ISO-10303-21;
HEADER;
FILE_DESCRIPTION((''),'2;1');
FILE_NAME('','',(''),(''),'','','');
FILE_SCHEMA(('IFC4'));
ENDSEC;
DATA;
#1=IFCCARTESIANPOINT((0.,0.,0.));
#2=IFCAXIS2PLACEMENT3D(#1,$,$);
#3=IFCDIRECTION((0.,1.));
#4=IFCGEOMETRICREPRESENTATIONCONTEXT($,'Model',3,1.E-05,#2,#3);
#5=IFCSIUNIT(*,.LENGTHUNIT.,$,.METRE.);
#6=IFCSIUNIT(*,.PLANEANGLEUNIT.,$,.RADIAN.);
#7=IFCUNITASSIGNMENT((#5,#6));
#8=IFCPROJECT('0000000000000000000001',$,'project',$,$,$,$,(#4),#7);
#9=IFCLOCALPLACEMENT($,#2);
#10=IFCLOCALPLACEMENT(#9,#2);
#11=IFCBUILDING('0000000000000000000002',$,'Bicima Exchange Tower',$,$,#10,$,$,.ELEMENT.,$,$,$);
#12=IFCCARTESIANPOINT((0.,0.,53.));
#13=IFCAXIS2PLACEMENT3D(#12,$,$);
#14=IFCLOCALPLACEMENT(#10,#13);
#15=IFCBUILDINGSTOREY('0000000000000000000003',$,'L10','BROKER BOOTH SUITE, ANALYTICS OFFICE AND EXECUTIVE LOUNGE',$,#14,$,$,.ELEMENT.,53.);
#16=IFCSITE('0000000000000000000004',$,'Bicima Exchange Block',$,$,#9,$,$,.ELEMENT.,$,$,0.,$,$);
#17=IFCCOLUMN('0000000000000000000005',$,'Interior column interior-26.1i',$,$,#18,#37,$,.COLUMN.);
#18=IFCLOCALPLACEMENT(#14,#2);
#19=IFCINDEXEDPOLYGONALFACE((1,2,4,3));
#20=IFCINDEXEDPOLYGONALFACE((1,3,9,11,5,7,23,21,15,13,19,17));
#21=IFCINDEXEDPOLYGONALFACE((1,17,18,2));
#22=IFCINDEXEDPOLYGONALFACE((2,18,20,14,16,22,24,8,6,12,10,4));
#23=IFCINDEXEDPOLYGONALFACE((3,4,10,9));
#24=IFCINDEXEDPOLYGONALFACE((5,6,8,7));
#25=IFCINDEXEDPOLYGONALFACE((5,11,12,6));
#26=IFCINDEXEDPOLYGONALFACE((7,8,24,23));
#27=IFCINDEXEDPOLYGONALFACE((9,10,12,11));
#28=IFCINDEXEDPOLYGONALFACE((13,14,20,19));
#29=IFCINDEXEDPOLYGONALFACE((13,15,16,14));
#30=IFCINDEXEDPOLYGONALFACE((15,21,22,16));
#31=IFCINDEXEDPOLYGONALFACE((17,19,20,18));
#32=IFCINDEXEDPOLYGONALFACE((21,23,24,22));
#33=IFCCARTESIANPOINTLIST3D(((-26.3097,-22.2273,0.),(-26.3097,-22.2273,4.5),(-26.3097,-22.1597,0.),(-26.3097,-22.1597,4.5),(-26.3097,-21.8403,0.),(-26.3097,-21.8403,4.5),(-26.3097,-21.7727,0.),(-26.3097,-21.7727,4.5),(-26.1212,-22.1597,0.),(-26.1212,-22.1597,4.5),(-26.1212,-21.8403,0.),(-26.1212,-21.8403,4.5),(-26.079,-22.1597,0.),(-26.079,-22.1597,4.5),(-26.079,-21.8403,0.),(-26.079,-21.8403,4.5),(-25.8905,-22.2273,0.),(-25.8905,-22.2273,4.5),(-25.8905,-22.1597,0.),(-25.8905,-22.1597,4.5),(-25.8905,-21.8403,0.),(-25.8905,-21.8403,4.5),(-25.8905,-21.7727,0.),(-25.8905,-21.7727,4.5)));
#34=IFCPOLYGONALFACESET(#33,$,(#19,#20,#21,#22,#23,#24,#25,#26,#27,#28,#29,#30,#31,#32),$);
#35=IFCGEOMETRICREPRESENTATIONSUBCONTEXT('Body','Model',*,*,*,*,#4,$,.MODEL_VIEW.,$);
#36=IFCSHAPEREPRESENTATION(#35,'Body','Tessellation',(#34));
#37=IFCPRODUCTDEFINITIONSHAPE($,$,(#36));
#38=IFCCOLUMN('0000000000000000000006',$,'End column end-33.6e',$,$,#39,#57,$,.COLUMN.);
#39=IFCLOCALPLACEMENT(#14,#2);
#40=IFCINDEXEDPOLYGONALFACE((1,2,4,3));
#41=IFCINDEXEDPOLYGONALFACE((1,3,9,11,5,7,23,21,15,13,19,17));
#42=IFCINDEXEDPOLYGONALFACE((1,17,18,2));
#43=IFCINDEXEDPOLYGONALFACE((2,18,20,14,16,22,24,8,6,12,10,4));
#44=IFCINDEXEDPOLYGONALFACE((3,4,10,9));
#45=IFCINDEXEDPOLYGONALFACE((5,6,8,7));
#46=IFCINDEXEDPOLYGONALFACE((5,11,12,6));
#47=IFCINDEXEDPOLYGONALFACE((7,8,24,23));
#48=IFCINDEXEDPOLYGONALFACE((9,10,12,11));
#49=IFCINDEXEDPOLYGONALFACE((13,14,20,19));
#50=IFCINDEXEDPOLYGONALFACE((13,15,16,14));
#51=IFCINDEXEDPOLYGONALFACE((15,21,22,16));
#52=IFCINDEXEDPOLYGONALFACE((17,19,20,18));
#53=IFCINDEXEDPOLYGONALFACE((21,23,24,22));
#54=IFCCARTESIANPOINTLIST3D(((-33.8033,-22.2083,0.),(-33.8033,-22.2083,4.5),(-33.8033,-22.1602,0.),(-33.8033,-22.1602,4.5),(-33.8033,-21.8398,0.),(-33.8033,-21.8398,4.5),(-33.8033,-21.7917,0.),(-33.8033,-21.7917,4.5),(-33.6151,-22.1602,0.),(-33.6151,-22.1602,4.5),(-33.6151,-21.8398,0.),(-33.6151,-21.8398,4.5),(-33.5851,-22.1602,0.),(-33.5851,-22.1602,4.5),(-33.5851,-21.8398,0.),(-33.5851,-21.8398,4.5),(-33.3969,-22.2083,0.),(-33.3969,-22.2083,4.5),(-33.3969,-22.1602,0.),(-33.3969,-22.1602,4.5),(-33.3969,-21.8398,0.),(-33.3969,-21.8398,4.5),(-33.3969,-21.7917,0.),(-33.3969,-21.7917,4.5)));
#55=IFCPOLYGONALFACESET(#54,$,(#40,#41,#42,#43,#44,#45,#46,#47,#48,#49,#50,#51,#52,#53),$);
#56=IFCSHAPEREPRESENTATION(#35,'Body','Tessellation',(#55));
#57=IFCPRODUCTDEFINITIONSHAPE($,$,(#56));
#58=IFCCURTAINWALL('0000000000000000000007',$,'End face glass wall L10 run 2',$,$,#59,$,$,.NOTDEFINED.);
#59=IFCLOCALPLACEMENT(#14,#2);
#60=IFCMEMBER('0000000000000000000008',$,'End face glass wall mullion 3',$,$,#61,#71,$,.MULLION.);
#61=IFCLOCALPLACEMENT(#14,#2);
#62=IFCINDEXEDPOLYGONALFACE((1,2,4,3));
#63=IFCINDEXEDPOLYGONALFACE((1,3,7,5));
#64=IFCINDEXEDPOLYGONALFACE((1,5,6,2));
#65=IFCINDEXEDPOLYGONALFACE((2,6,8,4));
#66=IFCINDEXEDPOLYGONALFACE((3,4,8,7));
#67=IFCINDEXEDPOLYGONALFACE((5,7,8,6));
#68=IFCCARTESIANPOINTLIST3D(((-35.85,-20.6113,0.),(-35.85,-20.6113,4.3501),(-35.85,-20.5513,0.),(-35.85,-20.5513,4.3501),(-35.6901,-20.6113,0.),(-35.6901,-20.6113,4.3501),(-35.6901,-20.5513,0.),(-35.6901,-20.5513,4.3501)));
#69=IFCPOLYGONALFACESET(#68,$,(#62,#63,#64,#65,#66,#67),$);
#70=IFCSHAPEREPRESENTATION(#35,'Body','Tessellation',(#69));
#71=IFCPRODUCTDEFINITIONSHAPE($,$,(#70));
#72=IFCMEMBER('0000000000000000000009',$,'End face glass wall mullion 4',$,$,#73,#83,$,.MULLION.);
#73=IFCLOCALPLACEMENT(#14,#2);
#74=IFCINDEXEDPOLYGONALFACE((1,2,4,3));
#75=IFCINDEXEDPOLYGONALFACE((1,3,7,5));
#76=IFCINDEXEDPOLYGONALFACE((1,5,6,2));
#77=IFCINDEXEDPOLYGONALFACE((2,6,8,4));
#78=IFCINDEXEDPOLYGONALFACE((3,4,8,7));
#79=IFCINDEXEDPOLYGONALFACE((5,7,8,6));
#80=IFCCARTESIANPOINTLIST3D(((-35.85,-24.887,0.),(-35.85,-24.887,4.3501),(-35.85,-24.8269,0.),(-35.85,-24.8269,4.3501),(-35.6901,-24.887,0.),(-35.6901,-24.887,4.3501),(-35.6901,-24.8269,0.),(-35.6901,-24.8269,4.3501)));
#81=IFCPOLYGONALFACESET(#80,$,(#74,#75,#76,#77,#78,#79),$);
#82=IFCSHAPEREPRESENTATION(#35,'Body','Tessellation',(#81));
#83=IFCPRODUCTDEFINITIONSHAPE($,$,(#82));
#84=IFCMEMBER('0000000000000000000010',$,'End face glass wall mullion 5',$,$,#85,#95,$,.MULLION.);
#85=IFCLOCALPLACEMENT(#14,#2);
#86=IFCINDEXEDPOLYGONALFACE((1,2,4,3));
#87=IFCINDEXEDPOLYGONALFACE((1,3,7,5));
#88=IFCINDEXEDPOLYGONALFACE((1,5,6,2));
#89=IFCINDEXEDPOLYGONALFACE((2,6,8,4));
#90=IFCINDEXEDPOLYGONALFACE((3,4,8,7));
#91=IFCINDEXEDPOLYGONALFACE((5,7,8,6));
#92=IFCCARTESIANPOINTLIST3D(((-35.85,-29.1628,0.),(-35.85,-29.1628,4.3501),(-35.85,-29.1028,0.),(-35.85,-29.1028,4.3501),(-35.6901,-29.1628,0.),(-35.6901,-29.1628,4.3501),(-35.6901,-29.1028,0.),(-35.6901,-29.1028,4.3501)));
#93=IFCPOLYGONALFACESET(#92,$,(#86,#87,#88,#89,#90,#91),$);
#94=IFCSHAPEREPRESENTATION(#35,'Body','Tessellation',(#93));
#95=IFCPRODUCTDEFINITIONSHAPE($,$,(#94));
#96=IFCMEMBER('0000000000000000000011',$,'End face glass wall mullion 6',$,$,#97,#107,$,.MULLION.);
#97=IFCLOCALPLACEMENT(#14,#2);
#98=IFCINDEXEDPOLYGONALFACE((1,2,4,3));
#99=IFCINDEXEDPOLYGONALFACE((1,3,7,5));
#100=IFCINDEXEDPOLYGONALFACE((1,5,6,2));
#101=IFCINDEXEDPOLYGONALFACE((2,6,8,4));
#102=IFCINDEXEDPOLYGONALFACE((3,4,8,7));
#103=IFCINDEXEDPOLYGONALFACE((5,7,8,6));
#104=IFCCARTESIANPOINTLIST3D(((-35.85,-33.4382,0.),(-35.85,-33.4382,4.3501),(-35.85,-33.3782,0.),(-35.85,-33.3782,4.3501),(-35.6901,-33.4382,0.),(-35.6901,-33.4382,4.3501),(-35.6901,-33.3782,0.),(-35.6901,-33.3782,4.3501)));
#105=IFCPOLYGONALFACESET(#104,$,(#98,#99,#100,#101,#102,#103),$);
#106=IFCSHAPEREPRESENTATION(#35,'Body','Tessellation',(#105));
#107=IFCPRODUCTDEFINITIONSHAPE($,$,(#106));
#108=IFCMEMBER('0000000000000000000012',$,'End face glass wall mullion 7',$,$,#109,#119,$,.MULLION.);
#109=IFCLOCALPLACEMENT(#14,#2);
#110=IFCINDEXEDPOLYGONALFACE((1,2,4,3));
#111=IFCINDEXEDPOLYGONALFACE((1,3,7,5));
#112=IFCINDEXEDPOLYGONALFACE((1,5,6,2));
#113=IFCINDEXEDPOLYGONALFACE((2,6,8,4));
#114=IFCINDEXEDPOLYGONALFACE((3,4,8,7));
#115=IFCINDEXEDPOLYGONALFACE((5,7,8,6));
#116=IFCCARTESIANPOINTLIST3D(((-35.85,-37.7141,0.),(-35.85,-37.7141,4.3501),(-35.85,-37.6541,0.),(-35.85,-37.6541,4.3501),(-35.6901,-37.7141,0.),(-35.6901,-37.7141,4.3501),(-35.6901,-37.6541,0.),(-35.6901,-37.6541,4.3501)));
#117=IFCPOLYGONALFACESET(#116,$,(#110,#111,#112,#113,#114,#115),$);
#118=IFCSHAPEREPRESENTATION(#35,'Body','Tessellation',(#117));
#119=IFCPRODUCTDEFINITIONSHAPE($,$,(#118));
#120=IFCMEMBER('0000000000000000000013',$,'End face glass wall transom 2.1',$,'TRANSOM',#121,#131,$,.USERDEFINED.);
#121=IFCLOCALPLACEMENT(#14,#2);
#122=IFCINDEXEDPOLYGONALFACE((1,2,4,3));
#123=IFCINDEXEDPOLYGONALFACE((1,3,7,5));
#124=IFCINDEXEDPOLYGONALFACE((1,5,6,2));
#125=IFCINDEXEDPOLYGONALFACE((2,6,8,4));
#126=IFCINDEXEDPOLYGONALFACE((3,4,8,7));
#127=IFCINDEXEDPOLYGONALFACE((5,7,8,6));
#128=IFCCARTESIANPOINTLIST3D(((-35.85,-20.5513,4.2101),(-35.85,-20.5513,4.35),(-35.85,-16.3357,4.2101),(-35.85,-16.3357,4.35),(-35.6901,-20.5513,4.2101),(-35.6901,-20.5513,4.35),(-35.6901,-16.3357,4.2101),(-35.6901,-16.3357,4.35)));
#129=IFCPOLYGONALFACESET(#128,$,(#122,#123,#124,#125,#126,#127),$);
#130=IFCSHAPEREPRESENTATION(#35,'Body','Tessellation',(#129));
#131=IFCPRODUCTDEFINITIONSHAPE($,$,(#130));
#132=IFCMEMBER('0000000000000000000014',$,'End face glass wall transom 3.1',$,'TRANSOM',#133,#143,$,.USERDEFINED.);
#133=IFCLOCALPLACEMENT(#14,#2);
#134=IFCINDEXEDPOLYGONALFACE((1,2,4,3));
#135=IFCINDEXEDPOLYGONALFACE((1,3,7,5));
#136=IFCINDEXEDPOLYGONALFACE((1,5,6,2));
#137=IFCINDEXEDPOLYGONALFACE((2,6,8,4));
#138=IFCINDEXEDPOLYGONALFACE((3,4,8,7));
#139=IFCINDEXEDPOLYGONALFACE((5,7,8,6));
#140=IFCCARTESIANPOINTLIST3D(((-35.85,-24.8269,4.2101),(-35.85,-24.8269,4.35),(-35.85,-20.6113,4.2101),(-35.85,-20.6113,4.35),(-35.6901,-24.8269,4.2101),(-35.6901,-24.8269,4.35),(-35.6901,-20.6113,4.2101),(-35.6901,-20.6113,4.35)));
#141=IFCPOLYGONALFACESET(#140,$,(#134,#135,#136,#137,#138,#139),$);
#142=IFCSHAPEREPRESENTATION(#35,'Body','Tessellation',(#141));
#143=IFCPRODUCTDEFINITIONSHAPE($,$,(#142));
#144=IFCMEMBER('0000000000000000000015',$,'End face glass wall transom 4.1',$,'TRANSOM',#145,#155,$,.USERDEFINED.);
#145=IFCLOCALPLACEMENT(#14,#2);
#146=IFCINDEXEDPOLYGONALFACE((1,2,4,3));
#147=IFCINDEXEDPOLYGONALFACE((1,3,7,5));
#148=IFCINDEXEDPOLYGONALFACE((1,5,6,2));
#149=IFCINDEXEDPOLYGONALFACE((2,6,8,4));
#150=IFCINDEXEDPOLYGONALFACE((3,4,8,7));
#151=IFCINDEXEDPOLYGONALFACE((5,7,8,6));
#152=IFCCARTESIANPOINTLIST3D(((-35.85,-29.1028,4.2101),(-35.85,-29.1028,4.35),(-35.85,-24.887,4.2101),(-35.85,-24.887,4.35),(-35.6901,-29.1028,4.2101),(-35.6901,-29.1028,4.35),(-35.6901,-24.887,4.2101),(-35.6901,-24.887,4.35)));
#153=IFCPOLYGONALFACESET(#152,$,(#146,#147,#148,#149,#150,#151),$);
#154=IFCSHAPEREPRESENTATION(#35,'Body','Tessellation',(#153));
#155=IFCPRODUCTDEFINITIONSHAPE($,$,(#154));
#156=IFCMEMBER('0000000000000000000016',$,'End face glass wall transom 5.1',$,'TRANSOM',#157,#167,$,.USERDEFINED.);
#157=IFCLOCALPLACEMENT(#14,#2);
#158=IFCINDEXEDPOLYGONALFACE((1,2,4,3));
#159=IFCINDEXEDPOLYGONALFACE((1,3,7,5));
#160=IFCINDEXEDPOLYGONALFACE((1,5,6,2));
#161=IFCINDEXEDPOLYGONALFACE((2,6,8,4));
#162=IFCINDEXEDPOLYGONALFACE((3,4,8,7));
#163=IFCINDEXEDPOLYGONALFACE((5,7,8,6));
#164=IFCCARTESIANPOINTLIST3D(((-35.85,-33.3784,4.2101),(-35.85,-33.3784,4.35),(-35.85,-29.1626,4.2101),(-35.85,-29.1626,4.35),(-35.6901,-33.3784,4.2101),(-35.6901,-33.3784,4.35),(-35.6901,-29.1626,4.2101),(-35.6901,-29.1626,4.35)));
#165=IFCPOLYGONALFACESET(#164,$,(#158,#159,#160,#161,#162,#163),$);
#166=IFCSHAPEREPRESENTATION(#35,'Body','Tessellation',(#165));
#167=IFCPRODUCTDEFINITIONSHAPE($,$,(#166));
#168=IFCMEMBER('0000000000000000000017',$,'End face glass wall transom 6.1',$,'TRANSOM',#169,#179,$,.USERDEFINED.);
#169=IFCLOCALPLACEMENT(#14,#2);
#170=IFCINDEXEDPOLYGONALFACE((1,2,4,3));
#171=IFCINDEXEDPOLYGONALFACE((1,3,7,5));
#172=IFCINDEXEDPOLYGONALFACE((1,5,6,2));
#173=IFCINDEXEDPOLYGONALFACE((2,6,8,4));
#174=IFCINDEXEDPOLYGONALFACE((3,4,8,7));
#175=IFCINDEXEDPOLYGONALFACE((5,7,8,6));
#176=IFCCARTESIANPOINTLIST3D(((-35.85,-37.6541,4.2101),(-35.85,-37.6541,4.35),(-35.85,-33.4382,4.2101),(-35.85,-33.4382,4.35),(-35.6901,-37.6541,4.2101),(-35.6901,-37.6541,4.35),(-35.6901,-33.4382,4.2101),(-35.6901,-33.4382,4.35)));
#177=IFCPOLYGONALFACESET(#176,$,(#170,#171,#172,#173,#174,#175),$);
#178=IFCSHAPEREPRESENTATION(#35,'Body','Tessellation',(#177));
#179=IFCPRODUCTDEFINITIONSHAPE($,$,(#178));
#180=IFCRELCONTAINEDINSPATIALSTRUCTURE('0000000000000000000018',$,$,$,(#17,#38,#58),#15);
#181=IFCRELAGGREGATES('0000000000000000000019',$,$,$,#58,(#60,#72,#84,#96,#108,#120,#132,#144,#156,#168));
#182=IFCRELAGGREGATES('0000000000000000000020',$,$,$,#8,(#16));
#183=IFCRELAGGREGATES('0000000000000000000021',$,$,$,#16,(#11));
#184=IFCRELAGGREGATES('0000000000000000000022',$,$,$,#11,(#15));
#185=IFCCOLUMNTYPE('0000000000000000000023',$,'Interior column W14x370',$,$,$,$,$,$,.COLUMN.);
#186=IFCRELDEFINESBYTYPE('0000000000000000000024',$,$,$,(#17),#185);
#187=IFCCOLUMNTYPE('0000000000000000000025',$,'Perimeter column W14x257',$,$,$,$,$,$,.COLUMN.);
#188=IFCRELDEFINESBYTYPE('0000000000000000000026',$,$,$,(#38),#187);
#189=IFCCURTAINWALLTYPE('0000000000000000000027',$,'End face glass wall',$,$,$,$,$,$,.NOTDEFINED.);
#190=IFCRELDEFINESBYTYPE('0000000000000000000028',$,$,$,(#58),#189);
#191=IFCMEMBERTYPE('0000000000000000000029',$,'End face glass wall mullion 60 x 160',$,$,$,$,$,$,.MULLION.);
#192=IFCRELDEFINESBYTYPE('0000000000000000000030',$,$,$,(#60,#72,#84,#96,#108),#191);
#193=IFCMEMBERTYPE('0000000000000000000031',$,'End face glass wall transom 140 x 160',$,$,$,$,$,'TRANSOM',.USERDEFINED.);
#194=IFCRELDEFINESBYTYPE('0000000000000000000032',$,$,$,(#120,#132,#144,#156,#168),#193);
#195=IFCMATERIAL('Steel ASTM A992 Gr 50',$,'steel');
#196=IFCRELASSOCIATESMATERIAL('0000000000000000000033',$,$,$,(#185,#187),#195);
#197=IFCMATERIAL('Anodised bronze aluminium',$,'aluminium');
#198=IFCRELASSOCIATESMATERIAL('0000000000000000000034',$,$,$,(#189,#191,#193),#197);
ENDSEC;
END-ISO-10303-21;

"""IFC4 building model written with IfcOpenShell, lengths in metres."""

from ifc_helpers import new_model, si_unit, direction, frame, origin, origin_2d, place, context, subcontext, project, spatial, rectangle, i_section, extrude, material, material_profile, profile_set, type_object, element, aggregate, save


model = new_model("IFC4")

# Units and contexts
model_context = context("Model", 3, precision=1e-05, world=origin(), true_north=direction((0.0, 1.0)))
body_context = subcontext(model_context, "Body", "Model", "MODEL_VIEW")
ifc_project = project(units=[si_unit("LENGTHUNIT", "METRE"), si_unit("PLANEANGLEUNIT", "RADIAN")], contexts=[model_context])

# Site, building, storey
site_placement = place(None, origin())
site = spatial("IfcSite", under=ifc_project, at=site_placement, Name="Bicima Exchange Block", CompositionType="ELEMENT", RefElevation=0.0)
building_placement = place(site_placement, origin())
building = spatial("IfcBuilding", under=site, at=building_placement, Name="Bicima Exchange Tower", CompositionType="ELEMENT")
storey_placement = place(building_placement, frame((0.0, 0.0, 53.0)))
storey = spatial("IfcBuildingStorey", under=building, at=storey_placement, Name="L10", Description="BROKER BOOTH SUITE, ANALYTICS OFFICE AND EXECUTIVE LOUNGE", CompositionType="ELEMENT", Elevation=53.0)

# Columns
ifc_material_1 = material(Name="Steel ASTM A992 Gr 50", Category="steel")
ifc_material_profile_1 = material_profile(ifc_material_1, i_section(OverallWidth=0.4192, OverallDepth=0.4546, WebThickness=0.0422, FlangeThickness=0.0676, at=origin_2d()))
ifc_profile_set_1 = profile_set([ifc_material_profile_1], Name="Steel ASTM A992 Gr 50")
column_type_1 = type_object("IfcColumnType", Name="Interior column W14x370", PredefinedType="COLUMN", material=ifc_profile_set_1)
column_1_placement = place(storey_placement, frame((-26.1001, -22.0, 0.0), z_axis=(0.0, 0.0, 1.0), x_axis=(1.0, 0.0, 0.0)))
element("IfcColumn", 1, at=column_1_placement, inside=storey, type_object=column_type_1, Name="Interior column interior-26.1i", PredefinedType="COLUMN", context=body_context, shape_type="SweptSolid", body=[
    extrude(i_section(OverallWidth=0.4192, OverallDepth=0.4546, WebThickness=0.0422, FlangeThickness=0.0676, at=origin_2d()), origin(), (0.0, 0.0, 1.0), 4.5),
])
ifc_material_profile_2 = material_profile(ifc_material_1, i_section(OverallWidth=0.4065, OverallDepth=0.4165, WebThickness=0.03, FlangeThickness=0.0481, at=origin_2d()))
ifc_profile_set_2 = profile_set([ifc_material_profile_2], Name="Steel ASTM A992 Gr 50")
column_type_2 = type_object("IfcColumnType", Name="Perimeter column W14x257", PredefinedType="COLUMN", material=ifc_profile_set_2)
column_2_placement = place(storey_placement, frame((-33.6001, -22.0, 0.0), z_axis=(0.0, 0.0, 1.0), x_axis=(1.0, 0.0, 0.0)))
element("IfcColumn", 2, at=column_2_placement, inside=storey, type_object=column_type_2, Name="End column end-33.6e", PredefinedType="COLUMN", context=body_context, shape_type="SweptSolid", body=[
    extrude(i_section(OverallWidth=0.4065, OverallDepth=0.4165, WebThickness=0.03, FlangeThickness=0.0481, at=origin_2d()), origin(), (0.0, 0.0, 1.0), 4.5),
])

# Curtain wall, members
ifc_material_2 = material(Name="Anodised bronze aluminium", Category="aluminium")
curtain_wall_type = type_object("IfcCurtainWallType", Name="End face glass wall", PredefinedType="NOTDEFINED", material=ifc_material_2)
curtain_wall_placement = place(storey_placement, origin())
curtain_wall = element("IfcCurtainWall", 3, at=curtain_wall_placement, inside=storey, type_object=curtain_wall_type, Name="End face glass wall L10 run 2", PredefinedType="NOTDEFINED")
ifc_material_profile_3 = material_profile(ifc_material_2, rectangle(XDim=0.1599, YDim=0.0601, at=origin_2d()))
ifc_profile_set_3 = profile_set([ifc_material_profile_3], Name="Anodised bronze aluminium")
member_type_1 = type_object("IfcMemberType", Name="End face glass wall mullion 60 x 160", PredefinedType="MULLION", material=ifc_profile_set_3)
member_1_placement = place(storey_placement, frame((-35.77, -20.5813, 0.0), z_axis=(0.0, 0.0, 1.0), x_axis=(1.0, 0.0, 0.0)))
member_1 = element("IfcMember", 4, at=member_1_placement, type_object=member_type_1, Name="End face glass wall mullion 3", PredefinedType="MULLION", context=body_context, shape_type="SweptSolid", body=[
    extrude(rectangle(XDim=0.1599, YDim=0.0601, at=origin_2d()), origin(), (0.0, 0.0, 1.0), 4.3501),
])
member_2_placement = place(storey_placement, frame((-35.77, -24.8569, 0.0), z_axis=(0.0, 0.0, 1.0), x_axis=(1.0, 0.0, 0.0)))
member_2 = element("IfcMember", 5, at=member_2_placement, type_object=member_type_1, Name="End face glass wall mullion 4", PredefinedType="MULLION", context=body_context, shape_type="SweptSolid", body=[
    extrude(rectangle(XDim=0.1599, YDim=0.0601, at=origin_2d()), origin(), (0.0, 0.0, 1.0), 4.3501),
])
member_3_placement = place(storey_placement, frame((-35.77, -29.1328, 0.0), z_axis=(0.0, 0.0, 1.0), x_axis=(1.0, 0.0, 0.0)))
member_3 = element("IfcMember", 6, at=member_3_placement, type_object=member_type_1, Name="End face glass wall mullion 5", PredefinedType="MULLION", context=body_context, shape_type="SweptSolid", body=[
    extrude(rectangle(XDim=0.1599, YDim=0.0601, at=origin_2d()), origin(), (0.0, 0.0, 1.0), 4.3501),
])
member_4_placement = place(storey_placement, frame((-35.77, -33.4082, 0.0), z_axis=(0.0, 0.0, 1.0), x_axis=(1.0, 0.0, 0.0)))
member_4 = element("IfcMember", 7, at=member_4_placement, type_object=member_type_1, Name="End face glass wall mullion 6", PredefinedType="MULLION", context=body_context, shape_type="SweptSolid", body=[
    extrude(rectangle(XDim=0.1599, YDim=0.0601, at=origin_2d()), origin(), (0.0, 0.0, 1.0), 4.3501),
])
member_5_placement = place(storey_placement, frame((-35.77, -37.6841, 0.0), z_axis=(0.0, 0.0, 1.0), x_axis=(1.0, 0.0, 0.0)))
member_5 = element("IfcMember", 8, at=member_5_placement, type_object=member_type_1, Name="End face glass wall mullion 7", PredefinedType="MULLION", context=body_context, shape_type="SweptSolid", body=[
    extrude(rectangle(XDim=0.1599, YDim=0.0601, at=origin_2d()), origin(), (0.0, 0.0, 1.0), 4.3501),
])
ifc_material_profile_4 = material_profile(ifc_material_2, rectangle(XDim=0.1599, YDim=0.1399, at=origin_2d()))
ifc_profile_set_4 = profile_set([ifc_material_profile_4], Name="Anodised bronze aluminium")
member_type_2 = type_object("IfcMemberType", Name="End face glass wall transom 140 x 160", ElementType="TRANSOM", PredefinedType="USERDEFINED", material=ifc_profile_set_4)
member_6_placement = place(storey_placement, frame((-35.77, -16.3357, 4.28), z_axis=(0.0, -1.0, 0.0), x_axis=(1.0, 0.0, 0.0)))
member_6 = element("IfcMember", 9, at=member_6_placement, type_object=member_type_2, Name="End face glass wall transom 2.1", ObjectType="TRANSOM", PredefinedType="USERDEFINED", context=body_context, shape_type="SweptSolid", body=[
    extrude(rectangle(XDim=0.1599, YDim=0.1399, at=origin_2d()), origin(), (0.0, 0.0, 1.0), 4.2156),
])
member_7_placement = place(storey_placement, frame((-35.77, -20.6113, 4.28), z_axis=(0.0, -1.0, 0.0), x_axis=(1.0, 0.0, 0.0)))
member_7 = element("IfcMember", 10, at=member_7_placement, type_object=member_type_2, Name="End face glass wall transom 3.1", ObjectType="TRANSOM", PredefinedType="USERDEFINED", context=body_context, shape_type="SweptSolid", body=[
    extrude(rectangle(XDim=0.1599, YDim=0.1399, at=origin_2d()), origin(), (0.0, 0.0, 1.0), 4.2156),
])
member_8_placement = place(storey_placement, frame((-35.77, -24.887, 4.28), z_axis=(0.0, -1.0, 0.0), x_axis=(1.0, 0.0, 0.0)))
member_8 = element("IfcMember", 11, at=member_8_placement, type_object=member_type_2, Name="End face glass wall transom 4.1", ObjectType="TRANSOM", PredefinedType="USERDEFINED", context=body_context, shape_type="SweptSolid", body=[
    extrude(rectangle(XDim=0.1599, YDim=0.1399, at=origin_2d()), origin(), (0.0, 0.0, 1.0), 4.2158),
])
member_9_placement = place(storey_placement, frame((-35.77, -29.1626, 4.28), z_axis=(0.0, -1.0, 0.0), x_axis=(1.0, 0.0, 0.0)))
member_9 = element("IfcMember", 12, at=member_9_placement, type_object=member_type_2, Name="End face glass wall transom 5.1", ObjectType="TRANSOM", PredefinedType="USERDEFINED", context=body_context, shape_type="SweptSolid", body=[
    extrude(rectangle(XDim=0.1599, YDim=0.1399, at=origin_2d()), origin(), (0.0, 0.0, 1.0), 4.2158),
])
member_10_placement = place(storey_placement, frame((-35.77, -33.4382, 4.28), z_axis=(0.0, -1.0, 0.0), x_axis=(1.0, 0.0, 0.0)))
member_10 = element("IfcMember", 13, at=member_10_placement, type_object=member_type_2, Name="End face glass wall transom 6.1", ObjectType="TRANSOM", PredefinedType="USERDEFINED", context=body_context, shape_type="SweptSolid", body=[
    extrude(rectangle(XDim=0.1599, YDim=0.1399, at=origin_2d()), origin(), (0.0, 0.0, 1.0), 4.2158),
])

aggregate(curtain_wall, [member_1, member_2, member_3, member_4, member_5, member_6, member_7, member_8, member_9, member_10])

save(model, "model.ifc")
